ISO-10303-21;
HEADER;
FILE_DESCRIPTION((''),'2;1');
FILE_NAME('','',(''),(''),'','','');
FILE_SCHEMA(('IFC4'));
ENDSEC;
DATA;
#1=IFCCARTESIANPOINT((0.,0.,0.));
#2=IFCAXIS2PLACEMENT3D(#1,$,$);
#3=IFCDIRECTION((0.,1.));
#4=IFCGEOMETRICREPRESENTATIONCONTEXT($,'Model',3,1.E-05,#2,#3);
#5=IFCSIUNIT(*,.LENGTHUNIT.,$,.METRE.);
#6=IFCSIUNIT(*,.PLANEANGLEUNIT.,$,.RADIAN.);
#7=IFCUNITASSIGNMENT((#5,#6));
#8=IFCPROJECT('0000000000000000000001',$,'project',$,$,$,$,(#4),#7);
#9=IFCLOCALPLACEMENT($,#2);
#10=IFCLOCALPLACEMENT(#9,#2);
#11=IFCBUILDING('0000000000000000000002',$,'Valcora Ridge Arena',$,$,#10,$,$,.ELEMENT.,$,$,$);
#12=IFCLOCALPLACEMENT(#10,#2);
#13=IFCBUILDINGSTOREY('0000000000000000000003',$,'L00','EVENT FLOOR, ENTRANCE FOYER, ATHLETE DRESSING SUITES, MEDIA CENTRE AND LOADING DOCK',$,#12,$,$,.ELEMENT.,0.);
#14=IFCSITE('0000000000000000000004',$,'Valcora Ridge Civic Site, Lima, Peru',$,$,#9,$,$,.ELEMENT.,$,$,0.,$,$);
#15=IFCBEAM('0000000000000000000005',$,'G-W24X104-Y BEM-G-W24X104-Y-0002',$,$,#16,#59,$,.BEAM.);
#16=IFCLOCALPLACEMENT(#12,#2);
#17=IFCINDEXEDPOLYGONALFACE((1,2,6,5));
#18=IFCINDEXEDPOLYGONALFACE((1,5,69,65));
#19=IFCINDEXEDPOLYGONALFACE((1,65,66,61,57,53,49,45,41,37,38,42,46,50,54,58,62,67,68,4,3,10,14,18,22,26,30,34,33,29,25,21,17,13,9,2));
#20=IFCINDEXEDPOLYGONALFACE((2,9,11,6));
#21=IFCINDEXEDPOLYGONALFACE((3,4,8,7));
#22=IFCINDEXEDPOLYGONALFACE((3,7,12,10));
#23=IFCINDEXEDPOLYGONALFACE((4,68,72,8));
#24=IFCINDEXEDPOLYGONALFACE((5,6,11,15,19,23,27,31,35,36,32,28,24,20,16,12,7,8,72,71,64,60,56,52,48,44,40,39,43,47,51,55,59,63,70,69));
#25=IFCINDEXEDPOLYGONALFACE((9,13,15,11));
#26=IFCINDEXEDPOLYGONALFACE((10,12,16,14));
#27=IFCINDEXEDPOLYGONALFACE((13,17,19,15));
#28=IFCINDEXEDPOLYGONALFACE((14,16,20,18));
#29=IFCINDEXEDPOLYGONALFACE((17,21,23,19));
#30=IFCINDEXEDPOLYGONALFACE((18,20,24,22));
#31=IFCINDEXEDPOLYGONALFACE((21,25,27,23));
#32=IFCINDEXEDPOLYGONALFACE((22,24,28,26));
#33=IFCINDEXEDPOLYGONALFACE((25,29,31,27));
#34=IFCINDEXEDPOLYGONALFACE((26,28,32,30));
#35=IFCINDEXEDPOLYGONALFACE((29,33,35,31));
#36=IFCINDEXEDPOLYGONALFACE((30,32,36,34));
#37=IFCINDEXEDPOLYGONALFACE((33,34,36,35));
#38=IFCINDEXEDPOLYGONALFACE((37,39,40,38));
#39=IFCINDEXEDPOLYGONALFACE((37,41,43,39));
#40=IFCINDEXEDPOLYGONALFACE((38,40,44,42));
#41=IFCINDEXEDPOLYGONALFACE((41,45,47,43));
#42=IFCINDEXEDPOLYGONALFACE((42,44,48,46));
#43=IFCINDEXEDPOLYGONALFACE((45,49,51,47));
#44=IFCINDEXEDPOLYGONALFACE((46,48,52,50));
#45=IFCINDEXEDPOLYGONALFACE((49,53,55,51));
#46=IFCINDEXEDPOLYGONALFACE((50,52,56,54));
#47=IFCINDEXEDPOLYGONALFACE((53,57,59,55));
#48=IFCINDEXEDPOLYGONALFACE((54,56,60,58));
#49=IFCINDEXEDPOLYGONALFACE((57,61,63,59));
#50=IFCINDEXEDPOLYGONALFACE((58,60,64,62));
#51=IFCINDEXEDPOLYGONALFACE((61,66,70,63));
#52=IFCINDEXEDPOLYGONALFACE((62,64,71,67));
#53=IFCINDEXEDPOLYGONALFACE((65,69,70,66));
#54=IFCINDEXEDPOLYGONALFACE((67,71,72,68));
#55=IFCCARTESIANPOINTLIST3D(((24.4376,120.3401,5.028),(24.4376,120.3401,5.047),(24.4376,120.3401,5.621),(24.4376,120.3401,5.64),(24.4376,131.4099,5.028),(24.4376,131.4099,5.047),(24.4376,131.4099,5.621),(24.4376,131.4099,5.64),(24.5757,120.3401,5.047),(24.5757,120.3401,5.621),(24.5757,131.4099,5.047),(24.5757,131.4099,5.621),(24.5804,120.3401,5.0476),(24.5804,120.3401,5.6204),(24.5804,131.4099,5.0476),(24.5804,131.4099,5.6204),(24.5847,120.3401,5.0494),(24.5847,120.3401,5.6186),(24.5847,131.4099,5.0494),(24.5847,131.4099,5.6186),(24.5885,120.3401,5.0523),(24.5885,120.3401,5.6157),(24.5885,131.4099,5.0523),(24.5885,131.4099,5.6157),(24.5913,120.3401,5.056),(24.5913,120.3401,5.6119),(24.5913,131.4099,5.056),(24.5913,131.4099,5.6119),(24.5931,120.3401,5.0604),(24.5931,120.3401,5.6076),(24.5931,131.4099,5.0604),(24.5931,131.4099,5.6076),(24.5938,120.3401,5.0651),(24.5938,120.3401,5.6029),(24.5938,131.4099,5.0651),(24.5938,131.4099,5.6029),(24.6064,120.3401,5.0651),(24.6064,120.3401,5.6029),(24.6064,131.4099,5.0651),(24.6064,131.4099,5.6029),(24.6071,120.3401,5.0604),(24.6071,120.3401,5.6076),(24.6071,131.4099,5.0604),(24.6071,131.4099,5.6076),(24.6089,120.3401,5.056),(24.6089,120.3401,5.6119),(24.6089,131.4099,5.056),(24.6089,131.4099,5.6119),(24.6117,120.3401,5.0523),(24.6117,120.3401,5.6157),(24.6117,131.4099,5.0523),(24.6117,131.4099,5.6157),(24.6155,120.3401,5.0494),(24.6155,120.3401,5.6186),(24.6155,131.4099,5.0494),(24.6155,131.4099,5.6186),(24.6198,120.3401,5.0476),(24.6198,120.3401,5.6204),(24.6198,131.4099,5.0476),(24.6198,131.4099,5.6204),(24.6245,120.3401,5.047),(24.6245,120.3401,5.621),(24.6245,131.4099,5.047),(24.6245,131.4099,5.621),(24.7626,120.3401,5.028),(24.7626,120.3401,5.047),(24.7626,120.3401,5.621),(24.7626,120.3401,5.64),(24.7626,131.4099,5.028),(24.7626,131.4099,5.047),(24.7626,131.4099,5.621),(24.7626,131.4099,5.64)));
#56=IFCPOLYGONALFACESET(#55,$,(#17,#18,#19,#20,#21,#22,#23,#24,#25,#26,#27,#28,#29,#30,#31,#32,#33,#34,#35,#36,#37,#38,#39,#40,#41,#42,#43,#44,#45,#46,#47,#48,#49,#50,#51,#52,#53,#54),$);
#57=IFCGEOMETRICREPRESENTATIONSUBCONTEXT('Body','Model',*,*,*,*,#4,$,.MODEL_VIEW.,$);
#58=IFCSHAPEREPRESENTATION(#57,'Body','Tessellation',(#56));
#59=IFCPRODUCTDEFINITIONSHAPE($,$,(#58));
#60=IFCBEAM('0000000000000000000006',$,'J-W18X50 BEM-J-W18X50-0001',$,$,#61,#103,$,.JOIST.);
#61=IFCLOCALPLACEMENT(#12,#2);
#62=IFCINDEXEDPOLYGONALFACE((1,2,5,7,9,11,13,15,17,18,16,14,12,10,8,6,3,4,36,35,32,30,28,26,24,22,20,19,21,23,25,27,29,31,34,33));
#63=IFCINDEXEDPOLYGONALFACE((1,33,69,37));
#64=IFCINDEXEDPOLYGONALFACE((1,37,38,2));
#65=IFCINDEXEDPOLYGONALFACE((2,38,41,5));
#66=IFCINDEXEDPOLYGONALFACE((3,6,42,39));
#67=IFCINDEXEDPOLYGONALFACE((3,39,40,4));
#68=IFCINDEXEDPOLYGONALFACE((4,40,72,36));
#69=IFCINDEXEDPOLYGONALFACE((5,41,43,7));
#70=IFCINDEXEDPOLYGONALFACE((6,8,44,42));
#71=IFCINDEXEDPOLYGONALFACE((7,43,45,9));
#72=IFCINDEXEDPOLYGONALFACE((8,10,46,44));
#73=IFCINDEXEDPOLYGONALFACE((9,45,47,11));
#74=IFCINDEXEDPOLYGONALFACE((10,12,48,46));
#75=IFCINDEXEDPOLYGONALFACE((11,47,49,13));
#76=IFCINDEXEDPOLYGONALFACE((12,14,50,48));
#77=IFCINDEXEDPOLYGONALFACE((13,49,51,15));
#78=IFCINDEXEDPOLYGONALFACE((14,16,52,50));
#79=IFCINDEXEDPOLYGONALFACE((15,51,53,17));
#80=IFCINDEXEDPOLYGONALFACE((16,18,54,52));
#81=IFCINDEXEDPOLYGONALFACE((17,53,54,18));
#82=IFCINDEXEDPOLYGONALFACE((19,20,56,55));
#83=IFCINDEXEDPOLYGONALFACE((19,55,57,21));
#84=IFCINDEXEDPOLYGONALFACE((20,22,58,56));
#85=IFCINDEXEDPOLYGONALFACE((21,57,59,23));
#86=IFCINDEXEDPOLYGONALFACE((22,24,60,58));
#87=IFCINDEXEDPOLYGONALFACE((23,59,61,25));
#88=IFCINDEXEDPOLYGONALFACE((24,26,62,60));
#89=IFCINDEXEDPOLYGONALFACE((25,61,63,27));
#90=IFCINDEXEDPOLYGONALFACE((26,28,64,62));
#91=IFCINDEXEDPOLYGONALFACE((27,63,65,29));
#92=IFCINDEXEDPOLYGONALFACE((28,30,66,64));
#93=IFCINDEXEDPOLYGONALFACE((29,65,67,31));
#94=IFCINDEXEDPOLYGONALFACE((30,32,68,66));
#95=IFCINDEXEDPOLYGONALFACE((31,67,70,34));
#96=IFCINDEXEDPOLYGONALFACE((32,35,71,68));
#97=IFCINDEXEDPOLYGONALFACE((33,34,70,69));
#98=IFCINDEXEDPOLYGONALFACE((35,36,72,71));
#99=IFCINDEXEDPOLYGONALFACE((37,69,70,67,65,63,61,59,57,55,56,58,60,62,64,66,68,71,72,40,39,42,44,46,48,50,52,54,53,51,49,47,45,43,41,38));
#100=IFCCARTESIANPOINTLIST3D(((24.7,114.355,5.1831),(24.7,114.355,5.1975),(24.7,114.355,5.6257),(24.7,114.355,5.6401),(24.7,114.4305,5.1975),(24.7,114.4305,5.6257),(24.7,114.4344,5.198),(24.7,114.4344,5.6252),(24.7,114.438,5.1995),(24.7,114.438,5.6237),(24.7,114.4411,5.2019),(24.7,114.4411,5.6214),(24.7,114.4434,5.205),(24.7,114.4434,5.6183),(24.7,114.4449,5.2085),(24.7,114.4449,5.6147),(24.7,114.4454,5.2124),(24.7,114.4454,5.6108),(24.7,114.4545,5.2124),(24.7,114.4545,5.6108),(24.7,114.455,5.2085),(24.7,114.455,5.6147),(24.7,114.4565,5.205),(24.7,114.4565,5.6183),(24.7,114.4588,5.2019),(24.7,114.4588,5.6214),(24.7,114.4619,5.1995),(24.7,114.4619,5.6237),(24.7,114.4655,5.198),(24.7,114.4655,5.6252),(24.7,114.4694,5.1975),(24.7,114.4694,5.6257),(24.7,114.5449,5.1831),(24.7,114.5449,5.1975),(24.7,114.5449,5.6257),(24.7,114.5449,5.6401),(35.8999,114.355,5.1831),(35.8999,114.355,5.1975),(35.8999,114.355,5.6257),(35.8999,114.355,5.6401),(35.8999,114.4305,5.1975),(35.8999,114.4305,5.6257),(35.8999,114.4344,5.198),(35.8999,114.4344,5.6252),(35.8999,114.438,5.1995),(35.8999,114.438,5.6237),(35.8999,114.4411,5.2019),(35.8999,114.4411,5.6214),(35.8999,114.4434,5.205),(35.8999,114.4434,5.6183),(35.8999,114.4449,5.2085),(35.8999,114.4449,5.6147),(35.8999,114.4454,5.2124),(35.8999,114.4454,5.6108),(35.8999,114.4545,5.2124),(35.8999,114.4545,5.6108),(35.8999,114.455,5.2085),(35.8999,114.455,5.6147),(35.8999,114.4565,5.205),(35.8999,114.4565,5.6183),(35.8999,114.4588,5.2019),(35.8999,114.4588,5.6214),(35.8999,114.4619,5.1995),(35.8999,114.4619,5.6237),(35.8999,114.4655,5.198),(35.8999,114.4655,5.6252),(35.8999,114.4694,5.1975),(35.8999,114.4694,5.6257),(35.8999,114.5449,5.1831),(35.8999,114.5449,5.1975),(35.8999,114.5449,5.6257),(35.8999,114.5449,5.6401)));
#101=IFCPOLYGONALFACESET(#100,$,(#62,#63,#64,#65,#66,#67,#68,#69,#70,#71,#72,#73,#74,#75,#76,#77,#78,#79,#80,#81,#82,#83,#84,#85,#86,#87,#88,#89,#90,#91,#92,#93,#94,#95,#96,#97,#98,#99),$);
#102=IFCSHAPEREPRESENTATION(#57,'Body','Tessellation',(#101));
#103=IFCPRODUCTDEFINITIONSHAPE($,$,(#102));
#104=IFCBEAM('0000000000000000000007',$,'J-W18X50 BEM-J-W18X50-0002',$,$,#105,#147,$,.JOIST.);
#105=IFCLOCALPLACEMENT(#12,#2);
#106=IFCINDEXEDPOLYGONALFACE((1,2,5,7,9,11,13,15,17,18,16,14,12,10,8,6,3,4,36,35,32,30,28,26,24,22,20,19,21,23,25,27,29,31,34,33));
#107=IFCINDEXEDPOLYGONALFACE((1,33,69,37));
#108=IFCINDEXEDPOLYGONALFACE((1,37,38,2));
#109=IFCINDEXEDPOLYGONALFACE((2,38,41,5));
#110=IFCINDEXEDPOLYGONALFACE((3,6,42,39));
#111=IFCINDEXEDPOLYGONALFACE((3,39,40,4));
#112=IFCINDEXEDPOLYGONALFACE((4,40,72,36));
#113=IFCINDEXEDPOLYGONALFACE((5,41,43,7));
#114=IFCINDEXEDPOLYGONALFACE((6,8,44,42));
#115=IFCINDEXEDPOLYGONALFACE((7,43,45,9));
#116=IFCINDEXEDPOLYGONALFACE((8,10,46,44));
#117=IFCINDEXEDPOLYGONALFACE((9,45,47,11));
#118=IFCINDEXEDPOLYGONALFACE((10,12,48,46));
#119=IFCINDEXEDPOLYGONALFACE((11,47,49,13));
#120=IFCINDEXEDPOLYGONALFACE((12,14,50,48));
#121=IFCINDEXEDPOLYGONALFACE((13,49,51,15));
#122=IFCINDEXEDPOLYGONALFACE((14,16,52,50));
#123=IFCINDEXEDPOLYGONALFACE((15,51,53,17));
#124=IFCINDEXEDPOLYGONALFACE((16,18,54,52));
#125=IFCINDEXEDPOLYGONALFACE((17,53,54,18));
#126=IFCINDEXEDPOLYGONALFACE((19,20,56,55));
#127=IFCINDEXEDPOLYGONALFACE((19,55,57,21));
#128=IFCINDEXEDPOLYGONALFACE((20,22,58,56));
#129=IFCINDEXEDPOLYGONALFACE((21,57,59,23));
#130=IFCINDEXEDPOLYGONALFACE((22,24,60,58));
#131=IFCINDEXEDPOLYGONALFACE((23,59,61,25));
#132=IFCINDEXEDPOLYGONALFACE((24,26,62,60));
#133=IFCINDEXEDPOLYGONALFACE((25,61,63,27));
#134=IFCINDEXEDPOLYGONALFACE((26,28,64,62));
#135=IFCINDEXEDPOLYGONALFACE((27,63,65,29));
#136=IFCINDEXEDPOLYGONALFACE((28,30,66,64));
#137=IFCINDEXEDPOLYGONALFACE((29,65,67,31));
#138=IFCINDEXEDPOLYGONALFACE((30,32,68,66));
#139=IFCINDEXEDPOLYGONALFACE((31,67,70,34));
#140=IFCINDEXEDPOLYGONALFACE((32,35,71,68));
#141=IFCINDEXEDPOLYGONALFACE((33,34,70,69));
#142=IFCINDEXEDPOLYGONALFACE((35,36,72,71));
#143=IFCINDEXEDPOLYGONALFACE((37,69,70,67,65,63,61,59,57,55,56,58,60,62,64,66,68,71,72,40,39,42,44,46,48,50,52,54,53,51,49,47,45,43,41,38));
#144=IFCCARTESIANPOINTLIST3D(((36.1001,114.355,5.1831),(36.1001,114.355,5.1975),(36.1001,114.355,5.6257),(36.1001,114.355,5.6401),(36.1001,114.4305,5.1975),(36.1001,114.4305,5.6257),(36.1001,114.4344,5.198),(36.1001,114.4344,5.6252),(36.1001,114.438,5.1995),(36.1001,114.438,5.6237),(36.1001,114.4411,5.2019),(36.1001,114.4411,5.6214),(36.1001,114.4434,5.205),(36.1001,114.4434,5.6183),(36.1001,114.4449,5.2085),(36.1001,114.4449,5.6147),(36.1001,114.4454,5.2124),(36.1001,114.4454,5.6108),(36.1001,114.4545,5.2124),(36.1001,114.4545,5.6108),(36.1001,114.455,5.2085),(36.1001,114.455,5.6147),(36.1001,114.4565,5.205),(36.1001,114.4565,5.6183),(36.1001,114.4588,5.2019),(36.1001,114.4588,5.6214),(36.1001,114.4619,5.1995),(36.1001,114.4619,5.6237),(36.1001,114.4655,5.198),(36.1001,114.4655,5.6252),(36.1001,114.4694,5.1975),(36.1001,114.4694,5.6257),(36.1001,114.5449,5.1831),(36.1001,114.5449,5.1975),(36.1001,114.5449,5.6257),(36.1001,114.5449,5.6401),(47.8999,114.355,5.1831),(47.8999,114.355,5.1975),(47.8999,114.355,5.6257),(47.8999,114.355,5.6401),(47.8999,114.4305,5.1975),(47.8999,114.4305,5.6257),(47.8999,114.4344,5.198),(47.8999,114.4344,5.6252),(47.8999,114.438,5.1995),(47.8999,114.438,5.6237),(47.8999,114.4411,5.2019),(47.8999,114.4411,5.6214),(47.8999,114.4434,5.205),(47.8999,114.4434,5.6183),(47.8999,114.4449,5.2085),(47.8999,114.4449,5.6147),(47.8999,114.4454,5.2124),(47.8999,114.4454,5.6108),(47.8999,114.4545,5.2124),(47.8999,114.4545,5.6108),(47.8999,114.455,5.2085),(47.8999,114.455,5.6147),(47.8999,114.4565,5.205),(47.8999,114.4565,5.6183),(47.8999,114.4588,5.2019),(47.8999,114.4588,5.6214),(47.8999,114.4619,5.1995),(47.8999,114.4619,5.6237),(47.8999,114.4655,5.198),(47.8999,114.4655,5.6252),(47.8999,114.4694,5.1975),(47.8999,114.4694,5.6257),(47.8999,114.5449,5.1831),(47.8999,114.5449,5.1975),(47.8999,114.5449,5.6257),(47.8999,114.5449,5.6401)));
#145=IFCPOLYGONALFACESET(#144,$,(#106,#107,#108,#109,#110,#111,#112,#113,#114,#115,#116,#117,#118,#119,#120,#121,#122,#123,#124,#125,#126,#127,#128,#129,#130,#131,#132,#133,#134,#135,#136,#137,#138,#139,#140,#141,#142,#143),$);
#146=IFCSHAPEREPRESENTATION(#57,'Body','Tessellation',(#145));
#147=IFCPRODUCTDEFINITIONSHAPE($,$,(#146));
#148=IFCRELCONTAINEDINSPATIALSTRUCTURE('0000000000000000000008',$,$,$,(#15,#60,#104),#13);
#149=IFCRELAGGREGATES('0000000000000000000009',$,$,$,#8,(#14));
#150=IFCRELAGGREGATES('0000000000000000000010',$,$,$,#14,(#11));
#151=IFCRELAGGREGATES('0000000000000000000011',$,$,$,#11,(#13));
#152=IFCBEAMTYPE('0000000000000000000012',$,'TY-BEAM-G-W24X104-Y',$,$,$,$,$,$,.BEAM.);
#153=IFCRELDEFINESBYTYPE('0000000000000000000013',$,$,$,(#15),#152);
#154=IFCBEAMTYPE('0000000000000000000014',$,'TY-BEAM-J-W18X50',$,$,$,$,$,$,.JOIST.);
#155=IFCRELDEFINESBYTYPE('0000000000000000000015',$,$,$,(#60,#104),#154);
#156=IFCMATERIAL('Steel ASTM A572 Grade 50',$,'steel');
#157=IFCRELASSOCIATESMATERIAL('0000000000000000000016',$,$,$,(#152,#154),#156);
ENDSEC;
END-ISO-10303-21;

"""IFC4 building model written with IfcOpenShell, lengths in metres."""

from ifc_helpers import new_model, si_unit, direction, frame, origin, origin_2d, place, context, subcontext, project, spatial, i_section, extrude, material, material_profile, profile_set, type_object, element, save


model = new_model("IFC4")

# Units and contexts
model_context = context("Model", 3, precision=1e-05, world=origin(), true_north=direction((0.0, 1.0)))
body_context = subcontext(model_context, "Body", "Model", "MODEL_VIEW")
ifc_project = project(units=[si_unit("LENGTHUNIT", "METRE"), si_unit("PLANEANGLEUNIT", "RADIAN")], contexts=[model_context])

# Site, building, storey
site_placement = place(None, origin())
site = spatial("IfcSite", under=ifc_project, at=site_placement, Name="Valcora Ridge Civic Site, Lima, Peru", CompositionType="ELEMENT", RefElevation=0.0)
building_placement = place(site_placement, origin())
building = spatial("IfcBuilding", under=site, at=building_placement, Name="Valcora Ridge Arena", CompositionType="ELEMENT")
storey_placement = place(building_placement, origin())
storey = spatial("IfcBuildingStorey", under=building, at=storey_placement, Name="L00", Description="EVENT FLOOR, ENTRANCE FOYER, ATHLETE DRESSING SUITES, MEDIA CENTRE AND LOADING DOCK", CompositionType="ELEMENT", Elevation=0.0)

# Beams
ifc_material_1 = material(Name="Steel ASTM A572 Grade 50", Category="steel")
ifc_material_profile_1 = material_profile(ifc_material_1, i_section(OverallWidth=0.325, OverallDepth=0.6121, WebThickness=0.0127, FlangeThickness=0.019, FilletRadius=0.0181, at=origin_2d()), Name="W24X104")
ifc_profile_set_1 = profile_set([ifc_material_profile_1], Name="Steel ASTM A572 Grade 50")
beam_type_1 = type_object("IfcBeamType", Name="TY-BEAM-G-W24X104-Y", PredefinedType="BEAM", material=ifc_profile_set_1)
beam_1_placement = place(storey_placement, frame((24.6001, 120.3401, 5.334), z_axis=(0.0, 1.0, 0.0), x_axis=(-1.0, 0.0, 0.0)))
element("IfcBeam", 1, at=beam_1_placement, inside=storey, type_object=beam_type_1, Name="G-W24X104-Y BEM-G-W24X104-Y-0002", PredefinedType="BEAM", context=body_context, shape_type="SweptSolid", body=[
    extrude(i_section(OverallWidth=0.325, OverallDepth=0.6121, WebThickness=0.0127, FlangeThickness=0.019, FilletRadius=0.0181, at=origin_2d()), origin(), (0.0, 0.0, 1.0), 11.0698),
])
ifc_material_profile_2 = material_profile(ifc_material_1, i_section(OverallWidth=0.1899, OverallDepth=0.457, WebThickness=0.009, FlangeThickness=0.0144, FilletRadius=0.0149, at=origin_2d()), Name="W18X50")
ifc_profile_set_2 = profile_set([ifc_material_profile_2], Name="Steel ASTM A572 Grade 50")
beam_type_2 = type_object("IfcBeamType", Name="TY-BEAM-J-W18X50", PredefinedType="JOIST", material=ifc_profile_set_2)
beam_2_placement = place(storey_placement, frame((24.7, 114.45, 5.4116), z_axis=(1.0, 0.0, 0.0), x_axis=(0.0, 1.0, 0.0)))
element("IfcBeam", 2, at=beam_2_placement, inside=storey, type_object=beam_type_2, Name="J-W18X50 BEM-J-W18X50-0001", PredefinedType="JOIST", context=body_context, shape_type="SweptSolid", body=[
    extrude(i_section(OverallWidth=0.1899, OverallDepth=0.457, WebThickness=0.009, FlangeThickness=0.0144, FilletRadius=0.0149, at=origin_2d()), origin(), (0.0, 0.0, 1.0), 11.2),
])
beam_3_placement = place(storey_placement, frame((36.1001, 114.45, 5.4116), z_axis=(1.0, 0.0, 0.0), x_axis=(0.0, 1.0, 0.0)))
element("IfcBeam", 3, at=beam_3_placement, inside=storey, type_object=beam_type_2, Name="J-W18X50 BEM-J-W18X50-0002", PredefinedType="JOIST", context=body_context, shape_type="SweptSolid", body=[
    extrude(i_section(OverallWidth=0.1899, OverallDepth=0.457, WebThickness=0.009, FlangeThickness=0.0144, FilletRadius=0.0149, at=origin_2d()), origin(), (0.0, 0.0, 1.0), 11.7998),
])

save(model, "model.ifc")
